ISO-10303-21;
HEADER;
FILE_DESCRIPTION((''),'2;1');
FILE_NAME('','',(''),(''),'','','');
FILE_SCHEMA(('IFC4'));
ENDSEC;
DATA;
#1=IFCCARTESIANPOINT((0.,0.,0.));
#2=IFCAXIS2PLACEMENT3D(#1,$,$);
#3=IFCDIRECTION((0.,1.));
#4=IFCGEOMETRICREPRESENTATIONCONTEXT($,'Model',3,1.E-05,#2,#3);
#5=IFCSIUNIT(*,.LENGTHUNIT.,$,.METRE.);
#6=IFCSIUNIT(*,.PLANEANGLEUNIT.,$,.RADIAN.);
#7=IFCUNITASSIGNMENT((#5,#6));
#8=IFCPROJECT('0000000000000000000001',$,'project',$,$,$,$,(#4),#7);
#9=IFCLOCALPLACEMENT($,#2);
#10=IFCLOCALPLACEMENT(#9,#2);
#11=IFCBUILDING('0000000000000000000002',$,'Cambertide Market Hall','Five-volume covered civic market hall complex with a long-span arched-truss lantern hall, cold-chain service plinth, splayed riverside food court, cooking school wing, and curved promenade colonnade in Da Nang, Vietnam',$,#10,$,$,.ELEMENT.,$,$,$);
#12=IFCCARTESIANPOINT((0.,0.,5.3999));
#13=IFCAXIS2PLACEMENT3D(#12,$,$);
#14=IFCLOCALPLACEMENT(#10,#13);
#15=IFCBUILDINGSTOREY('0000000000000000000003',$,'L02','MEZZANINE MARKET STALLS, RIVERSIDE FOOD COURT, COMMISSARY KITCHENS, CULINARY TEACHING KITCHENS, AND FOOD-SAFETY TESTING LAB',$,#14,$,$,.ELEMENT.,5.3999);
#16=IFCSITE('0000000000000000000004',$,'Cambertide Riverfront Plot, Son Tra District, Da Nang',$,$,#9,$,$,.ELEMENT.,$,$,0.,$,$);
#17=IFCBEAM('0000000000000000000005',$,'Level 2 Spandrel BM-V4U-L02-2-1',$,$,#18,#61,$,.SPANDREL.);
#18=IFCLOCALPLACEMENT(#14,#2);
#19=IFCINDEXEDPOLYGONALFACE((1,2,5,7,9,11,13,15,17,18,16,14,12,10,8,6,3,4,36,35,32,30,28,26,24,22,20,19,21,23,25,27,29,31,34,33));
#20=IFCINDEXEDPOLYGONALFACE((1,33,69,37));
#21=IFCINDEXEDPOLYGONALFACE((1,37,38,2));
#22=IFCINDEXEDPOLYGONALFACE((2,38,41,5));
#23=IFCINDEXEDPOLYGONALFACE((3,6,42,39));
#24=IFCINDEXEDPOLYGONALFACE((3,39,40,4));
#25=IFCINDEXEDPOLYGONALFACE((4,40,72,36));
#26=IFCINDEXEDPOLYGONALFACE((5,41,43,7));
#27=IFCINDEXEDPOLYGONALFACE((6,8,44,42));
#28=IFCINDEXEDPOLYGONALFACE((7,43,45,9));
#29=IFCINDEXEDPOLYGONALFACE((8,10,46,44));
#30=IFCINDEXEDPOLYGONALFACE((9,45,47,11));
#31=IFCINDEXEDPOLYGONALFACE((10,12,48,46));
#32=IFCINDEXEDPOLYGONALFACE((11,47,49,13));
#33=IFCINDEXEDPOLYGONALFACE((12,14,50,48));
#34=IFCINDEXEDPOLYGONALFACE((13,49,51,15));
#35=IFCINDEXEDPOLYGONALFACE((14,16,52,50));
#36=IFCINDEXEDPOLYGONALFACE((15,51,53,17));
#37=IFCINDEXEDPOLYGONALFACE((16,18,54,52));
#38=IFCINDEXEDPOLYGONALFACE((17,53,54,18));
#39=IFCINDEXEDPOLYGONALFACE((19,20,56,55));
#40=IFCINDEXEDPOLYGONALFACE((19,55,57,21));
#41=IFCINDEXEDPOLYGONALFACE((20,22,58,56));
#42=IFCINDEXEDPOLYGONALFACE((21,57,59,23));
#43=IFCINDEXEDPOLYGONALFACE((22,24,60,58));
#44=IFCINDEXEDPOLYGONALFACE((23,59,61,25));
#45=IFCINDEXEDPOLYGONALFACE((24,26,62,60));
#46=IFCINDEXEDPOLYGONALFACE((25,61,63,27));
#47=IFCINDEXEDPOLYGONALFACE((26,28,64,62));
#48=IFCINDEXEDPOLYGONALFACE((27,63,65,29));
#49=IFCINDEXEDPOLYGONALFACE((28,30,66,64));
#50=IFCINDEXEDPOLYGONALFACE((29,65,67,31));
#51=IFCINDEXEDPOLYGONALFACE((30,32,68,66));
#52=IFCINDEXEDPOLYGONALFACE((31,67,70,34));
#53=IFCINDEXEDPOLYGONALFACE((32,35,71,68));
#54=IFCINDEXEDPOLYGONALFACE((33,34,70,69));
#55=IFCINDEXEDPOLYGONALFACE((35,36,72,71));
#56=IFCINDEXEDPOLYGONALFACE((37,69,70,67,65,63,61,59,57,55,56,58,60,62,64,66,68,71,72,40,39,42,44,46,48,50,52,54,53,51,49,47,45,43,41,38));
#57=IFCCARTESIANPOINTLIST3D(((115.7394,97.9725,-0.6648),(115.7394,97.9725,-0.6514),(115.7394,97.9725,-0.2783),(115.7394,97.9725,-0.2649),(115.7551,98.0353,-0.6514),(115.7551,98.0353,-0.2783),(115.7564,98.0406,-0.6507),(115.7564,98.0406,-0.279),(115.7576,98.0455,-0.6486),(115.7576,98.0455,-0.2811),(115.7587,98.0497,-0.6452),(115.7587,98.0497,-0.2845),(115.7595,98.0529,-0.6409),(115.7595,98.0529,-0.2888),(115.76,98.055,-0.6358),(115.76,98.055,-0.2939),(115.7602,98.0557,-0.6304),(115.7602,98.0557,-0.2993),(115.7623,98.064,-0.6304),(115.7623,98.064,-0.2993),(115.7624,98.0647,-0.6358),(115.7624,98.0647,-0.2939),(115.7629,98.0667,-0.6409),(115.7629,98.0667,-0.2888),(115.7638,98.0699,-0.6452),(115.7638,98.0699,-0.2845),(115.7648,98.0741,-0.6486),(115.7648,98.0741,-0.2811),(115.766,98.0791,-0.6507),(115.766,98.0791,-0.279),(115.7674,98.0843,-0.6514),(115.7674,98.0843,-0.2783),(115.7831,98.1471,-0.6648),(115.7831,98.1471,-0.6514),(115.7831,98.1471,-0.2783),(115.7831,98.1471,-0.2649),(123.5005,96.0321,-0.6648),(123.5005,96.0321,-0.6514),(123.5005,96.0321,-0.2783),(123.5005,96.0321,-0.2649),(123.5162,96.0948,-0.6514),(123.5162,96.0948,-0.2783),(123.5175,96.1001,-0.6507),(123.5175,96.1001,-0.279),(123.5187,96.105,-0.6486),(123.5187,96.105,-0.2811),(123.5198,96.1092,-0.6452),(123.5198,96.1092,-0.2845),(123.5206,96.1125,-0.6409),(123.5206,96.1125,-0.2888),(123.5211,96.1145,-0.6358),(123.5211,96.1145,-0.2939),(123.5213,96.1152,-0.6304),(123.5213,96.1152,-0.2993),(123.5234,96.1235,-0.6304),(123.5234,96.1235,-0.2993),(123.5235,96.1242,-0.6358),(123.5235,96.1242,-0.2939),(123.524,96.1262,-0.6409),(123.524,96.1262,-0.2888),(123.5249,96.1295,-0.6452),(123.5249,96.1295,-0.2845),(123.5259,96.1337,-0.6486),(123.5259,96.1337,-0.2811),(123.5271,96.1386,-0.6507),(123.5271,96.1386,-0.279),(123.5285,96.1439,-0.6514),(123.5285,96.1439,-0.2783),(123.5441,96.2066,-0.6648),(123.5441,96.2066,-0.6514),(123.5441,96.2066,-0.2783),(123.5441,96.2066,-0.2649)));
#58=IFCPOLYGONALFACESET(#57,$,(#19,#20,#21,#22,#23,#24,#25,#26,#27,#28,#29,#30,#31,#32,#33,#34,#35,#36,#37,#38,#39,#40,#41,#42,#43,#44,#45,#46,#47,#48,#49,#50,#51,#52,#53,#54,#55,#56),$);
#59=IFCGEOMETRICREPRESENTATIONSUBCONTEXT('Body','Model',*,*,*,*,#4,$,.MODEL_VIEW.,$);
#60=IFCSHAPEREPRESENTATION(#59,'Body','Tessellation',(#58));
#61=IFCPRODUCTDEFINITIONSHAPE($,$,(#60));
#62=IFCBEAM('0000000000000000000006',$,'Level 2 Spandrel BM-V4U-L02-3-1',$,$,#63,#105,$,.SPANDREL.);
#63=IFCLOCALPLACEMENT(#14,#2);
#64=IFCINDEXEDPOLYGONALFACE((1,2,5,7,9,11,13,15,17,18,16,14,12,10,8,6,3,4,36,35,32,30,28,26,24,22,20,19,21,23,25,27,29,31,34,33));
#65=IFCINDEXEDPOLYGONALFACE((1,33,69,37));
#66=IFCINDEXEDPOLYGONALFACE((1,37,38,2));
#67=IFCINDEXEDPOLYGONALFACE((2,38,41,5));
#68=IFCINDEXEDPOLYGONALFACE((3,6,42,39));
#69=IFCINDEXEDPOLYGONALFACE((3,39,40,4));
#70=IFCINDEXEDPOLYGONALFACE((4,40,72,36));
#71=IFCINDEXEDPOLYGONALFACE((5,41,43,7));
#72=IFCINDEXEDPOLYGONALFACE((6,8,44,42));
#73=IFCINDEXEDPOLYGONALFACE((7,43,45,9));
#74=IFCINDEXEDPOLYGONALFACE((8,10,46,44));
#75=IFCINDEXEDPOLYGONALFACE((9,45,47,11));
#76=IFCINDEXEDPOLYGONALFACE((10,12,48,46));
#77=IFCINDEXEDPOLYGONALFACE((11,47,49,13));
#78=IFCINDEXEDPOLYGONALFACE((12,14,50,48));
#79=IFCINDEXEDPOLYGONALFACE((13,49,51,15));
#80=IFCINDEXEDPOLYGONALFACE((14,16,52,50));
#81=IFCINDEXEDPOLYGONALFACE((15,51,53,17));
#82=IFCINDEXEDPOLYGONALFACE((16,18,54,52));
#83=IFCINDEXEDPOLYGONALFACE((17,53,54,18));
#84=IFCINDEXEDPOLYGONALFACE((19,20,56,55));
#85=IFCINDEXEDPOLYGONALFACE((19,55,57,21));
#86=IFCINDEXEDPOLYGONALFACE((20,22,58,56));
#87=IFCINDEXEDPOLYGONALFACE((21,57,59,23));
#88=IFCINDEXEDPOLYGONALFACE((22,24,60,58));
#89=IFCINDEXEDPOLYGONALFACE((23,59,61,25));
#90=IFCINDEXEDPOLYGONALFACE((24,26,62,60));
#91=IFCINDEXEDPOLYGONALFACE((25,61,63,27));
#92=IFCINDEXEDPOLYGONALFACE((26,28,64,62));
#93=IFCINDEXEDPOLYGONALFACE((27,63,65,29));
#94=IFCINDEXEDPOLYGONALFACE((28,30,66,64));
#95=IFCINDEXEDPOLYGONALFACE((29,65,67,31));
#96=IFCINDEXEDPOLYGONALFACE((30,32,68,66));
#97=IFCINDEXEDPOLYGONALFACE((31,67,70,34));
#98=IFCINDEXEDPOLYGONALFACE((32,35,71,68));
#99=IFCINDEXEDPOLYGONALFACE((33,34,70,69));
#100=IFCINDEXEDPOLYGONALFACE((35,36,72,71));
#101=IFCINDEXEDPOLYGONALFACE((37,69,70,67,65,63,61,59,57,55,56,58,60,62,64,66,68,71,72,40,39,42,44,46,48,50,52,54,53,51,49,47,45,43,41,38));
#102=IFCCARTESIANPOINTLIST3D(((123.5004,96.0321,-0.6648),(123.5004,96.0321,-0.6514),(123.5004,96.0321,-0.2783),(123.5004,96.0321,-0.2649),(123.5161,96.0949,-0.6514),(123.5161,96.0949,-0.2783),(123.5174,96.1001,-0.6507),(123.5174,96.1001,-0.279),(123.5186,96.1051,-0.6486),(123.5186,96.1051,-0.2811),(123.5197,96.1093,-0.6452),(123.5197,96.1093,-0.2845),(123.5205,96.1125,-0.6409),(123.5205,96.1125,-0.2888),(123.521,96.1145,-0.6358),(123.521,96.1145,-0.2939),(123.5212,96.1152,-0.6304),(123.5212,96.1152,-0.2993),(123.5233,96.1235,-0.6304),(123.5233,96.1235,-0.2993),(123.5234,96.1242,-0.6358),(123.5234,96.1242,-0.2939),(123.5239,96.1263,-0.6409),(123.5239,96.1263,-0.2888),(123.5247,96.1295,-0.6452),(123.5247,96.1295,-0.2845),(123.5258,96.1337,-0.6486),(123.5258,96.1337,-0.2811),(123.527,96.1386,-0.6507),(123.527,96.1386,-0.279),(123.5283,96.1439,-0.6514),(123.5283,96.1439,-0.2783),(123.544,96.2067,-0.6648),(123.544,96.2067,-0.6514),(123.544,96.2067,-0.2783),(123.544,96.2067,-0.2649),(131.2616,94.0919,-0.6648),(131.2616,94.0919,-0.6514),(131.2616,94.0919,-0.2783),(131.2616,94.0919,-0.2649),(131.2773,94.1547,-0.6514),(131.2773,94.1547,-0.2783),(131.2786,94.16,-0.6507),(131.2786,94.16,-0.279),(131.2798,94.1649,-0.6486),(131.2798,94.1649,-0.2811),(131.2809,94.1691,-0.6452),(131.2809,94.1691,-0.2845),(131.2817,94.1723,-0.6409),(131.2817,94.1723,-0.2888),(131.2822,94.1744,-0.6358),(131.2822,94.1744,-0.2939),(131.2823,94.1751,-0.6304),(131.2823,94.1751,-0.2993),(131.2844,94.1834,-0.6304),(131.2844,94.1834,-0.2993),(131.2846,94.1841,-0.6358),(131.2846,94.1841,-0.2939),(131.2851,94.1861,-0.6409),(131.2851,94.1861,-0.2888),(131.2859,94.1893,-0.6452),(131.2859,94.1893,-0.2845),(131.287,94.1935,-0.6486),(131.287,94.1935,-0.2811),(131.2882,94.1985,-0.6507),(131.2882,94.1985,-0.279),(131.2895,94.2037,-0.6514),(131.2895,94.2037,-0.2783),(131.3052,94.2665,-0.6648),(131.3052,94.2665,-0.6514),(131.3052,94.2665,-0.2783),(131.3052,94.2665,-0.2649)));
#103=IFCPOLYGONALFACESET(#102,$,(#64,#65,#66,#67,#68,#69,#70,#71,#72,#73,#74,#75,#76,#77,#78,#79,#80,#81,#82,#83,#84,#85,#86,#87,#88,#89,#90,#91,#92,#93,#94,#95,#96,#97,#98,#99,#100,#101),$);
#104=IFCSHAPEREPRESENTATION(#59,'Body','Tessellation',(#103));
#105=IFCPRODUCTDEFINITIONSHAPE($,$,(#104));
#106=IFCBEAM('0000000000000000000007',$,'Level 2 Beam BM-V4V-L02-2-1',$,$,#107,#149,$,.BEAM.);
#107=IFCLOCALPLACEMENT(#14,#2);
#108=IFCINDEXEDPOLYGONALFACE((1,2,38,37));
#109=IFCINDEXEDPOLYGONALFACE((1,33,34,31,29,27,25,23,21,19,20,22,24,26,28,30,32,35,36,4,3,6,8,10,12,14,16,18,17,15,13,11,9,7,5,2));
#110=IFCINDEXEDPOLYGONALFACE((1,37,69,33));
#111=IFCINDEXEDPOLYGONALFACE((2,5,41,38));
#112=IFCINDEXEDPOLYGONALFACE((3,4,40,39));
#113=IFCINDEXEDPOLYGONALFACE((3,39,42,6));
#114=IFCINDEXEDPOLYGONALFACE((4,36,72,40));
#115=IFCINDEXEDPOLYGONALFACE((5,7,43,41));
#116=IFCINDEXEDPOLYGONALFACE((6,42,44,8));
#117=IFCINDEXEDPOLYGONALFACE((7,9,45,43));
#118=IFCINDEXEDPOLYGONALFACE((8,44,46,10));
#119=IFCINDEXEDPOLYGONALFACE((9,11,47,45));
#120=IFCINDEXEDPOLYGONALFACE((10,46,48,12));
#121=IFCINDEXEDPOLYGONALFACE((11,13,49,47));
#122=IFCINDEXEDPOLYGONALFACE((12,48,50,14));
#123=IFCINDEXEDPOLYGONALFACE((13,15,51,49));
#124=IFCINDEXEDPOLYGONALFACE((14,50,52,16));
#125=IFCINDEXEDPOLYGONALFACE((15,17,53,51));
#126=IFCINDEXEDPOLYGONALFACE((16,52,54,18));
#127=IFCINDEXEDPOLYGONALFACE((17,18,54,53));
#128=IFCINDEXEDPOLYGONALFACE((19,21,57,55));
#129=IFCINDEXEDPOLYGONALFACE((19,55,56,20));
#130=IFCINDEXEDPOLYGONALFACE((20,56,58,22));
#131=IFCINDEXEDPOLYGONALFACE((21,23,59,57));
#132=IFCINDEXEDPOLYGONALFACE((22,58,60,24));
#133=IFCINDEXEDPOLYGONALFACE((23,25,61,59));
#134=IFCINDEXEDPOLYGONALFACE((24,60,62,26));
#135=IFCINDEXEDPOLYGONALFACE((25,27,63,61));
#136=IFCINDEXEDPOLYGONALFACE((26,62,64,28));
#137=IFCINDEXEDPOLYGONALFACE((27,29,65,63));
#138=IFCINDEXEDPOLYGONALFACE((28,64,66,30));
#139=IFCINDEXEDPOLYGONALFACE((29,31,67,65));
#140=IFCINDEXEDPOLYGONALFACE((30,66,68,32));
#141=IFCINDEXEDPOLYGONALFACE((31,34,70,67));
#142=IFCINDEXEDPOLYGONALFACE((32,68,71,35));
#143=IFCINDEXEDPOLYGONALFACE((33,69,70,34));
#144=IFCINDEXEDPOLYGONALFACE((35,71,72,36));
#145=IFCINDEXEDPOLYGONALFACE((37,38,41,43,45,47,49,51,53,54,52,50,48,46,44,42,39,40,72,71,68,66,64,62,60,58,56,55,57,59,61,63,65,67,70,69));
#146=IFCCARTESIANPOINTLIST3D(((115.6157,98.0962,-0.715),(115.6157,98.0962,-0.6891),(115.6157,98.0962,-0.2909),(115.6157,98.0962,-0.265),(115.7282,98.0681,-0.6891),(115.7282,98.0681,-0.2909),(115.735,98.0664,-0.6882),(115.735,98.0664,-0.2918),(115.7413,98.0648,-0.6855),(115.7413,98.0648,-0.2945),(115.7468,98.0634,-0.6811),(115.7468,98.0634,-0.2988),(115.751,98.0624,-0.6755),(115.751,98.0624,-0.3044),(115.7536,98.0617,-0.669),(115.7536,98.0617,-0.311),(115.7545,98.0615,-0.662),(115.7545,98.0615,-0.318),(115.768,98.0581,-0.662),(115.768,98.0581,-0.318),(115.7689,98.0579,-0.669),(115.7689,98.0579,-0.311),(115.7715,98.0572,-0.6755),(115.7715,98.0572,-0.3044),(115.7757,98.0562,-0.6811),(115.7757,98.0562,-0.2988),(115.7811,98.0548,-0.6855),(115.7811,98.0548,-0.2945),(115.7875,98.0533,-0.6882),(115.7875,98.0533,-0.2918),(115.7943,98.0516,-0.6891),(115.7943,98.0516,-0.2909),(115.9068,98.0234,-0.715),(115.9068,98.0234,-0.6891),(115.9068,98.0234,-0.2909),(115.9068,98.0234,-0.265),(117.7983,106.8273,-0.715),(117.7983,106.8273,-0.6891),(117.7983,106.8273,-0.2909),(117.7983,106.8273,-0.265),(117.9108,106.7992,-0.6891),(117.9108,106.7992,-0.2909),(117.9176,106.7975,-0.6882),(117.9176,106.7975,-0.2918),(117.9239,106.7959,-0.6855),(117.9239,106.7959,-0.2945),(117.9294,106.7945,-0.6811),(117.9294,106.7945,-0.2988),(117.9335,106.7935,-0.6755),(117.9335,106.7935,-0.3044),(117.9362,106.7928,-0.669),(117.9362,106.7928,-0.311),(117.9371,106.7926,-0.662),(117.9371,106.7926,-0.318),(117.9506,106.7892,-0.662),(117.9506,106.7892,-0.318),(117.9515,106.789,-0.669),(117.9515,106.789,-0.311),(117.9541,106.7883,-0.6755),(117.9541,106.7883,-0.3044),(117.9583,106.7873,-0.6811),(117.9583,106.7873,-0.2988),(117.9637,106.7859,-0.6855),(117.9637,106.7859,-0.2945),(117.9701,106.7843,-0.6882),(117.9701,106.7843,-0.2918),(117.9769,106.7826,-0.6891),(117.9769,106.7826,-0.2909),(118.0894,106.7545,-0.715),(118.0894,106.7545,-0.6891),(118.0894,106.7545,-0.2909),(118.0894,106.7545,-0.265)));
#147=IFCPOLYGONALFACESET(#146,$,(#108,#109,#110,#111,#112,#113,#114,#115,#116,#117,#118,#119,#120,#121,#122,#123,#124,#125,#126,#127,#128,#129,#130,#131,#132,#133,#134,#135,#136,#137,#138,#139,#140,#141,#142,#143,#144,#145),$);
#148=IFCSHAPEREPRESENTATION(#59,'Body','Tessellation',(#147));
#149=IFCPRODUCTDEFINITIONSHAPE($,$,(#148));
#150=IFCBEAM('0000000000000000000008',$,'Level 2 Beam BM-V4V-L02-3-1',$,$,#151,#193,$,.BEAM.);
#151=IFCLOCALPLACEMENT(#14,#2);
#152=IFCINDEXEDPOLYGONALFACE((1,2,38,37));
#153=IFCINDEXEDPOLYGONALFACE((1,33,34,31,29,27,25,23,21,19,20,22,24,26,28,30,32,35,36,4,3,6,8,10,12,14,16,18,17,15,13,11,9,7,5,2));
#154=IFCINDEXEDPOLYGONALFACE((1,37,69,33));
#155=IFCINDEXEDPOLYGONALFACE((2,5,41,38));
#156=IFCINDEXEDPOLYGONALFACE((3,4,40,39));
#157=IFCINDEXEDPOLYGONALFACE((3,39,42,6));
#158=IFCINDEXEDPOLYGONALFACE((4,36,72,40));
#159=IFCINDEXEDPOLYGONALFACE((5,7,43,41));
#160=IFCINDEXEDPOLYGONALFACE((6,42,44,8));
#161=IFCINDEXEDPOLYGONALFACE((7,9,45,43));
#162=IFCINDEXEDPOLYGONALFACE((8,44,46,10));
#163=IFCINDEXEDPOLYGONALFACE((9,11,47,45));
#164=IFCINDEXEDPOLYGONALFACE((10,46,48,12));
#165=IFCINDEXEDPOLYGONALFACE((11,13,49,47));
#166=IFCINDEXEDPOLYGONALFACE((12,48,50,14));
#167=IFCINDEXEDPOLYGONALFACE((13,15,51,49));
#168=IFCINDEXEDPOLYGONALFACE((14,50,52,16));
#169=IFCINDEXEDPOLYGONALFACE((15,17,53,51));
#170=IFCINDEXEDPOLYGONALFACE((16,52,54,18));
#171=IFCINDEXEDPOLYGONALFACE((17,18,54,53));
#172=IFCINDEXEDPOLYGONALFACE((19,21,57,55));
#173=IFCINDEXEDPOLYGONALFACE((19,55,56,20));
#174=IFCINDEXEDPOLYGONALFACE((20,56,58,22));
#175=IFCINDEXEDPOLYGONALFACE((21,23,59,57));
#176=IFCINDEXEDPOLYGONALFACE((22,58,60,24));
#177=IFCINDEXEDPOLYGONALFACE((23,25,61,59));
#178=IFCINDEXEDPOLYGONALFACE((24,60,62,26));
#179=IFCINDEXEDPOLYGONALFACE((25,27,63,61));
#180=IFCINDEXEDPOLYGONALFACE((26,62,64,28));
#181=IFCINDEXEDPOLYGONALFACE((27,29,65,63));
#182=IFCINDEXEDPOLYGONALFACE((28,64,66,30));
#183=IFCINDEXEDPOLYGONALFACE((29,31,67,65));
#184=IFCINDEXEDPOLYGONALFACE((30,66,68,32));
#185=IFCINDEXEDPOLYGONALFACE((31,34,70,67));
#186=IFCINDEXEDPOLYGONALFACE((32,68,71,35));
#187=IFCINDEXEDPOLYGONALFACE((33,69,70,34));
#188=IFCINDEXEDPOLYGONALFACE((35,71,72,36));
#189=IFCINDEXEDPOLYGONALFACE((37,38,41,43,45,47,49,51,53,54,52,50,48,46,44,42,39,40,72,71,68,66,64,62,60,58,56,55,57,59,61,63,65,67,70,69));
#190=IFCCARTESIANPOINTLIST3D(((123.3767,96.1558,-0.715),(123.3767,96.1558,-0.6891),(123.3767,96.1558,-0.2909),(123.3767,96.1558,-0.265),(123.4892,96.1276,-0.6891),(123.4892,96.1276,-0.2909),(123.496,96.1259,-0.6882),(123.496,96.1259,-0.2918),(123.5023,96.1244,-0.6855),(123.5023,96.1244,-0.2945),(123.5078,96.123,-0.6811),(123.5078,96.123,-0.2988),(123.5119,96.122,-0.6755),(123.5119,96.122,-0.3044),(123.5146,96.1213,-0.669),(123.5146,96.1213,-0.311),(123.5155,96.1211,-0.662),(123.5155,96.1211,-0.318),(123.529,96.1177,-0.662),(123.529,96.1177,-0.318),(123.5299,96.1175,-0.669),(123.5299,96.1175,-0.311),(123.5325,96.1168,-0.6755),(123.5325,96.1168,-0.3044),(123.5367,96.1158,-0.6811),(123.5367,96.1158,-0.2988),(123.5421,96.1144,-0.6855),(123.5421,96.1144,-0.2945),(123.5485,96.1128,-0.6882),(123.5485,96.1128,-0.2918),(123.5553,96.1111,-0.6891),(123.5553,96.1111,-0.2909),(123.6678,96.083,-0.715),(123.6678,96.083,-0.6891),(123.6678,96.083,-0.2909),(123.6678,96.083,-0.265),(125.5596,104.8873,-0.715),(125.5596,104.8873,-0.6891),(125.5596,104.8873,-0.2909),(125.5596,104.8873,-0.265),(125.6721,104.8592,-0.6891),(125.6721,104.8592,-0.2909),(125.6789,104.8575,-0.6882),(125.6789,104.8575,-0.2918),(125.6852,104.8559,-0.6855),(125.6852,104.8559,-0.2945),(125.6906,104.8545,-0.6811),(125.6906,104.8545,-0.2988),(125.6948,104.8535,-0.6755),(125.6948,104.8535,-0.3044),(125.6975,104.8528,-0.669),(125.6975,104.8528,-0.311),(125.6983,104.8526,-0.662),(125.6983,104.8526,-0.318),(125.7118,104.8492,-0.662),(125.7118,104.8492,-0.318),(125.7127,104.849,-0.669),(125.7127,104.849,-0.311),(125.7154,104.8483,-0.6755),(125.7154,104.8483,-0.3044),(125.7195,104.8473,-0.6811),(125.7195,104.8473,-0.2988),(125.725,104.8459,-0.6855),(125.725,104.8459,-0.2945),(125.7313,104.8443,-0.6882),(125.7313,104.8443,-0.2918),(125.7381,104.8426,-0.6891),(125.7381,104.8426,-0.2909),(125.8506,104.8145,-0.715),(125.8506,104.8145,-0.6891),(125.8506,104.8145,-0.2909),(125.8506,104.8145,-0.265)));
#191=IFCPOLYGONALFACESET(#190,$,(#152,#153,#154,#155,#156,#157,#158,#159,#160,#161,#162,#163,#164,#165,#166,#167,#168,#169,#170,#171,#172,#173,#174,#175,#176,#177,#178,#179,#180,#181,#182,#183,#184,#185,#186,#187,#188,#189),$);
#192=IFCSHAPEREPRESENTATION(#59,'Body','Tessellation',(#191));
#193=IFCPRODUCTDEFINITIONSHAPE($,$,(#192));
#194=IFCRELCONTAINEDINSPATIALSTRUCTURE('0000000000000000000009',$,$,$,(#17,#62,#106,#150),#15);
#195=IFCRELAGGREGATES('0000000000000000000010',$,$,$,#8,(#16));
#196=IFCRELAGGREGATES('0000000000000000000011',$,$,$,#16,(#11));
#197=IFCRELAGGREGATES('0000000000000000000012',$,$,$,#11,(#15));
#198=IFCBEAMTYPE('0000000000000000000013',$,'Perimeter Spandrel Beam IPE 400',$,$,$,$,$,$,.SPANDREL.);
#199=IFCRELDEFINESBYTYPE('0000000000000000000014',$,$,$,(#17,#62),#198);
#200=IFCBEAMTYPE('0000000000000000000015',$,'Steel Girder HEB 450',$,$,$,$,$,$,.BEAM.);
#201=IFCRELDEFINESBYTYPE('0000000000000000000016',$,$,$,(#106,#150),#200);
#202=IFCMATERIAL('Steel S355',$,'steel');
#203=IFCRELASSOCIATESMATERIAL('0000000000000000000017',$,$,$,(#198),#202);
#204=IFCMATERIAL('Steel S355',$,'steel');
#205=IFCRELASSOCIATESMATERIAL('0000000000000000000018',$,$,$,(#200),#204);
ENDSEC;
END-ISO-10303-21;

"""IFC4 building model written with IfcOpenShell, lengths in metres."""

from ifc_helpers import new_model, si_unit, direction, frame, origin, origin_2d, place, context, subcontext, project, spatial, i_section, extrude, material, material_profile, profile_set, type_object, element, save


model = new_model("IFC4")

# Units and contexts
model_context = context("Model", 3, precision=1e-05, world=origin(), true_north=direction((0.0, 1.0)))
body_context = subcontext(model_context, "Body", "Model", "MODEL_VIEW")
ifc_project = project(units=[si_unit("LENGTHUNIT", "METRE"), si_unit("PLANEANGLEUNIT", "RADIAN")], contexts=[model_context])

# Site, building, storey
site_placement = place(None, origin())
site = spatial("IfcSite", under=ifc_project, at=site_placement, Name="Cambertide Riverfront Plot, Son Tra District, Da Nang", CompositionType="ELEMENT", RefElevation=0.0)
building_placement = place(site_placement, origin())
building = spatial("IfcBuilding", under=site, at=building_placement, Name="Cambertide Market Hall", Description="Five-volume covered civic market hall complex with a long-span arched-truss lantern hall, cold-chain service plinth, splayed riverside food court, cooking school wing, and curved promenade colonnade in Da Nang, Vietnam", CompositionType="ELEMENT")
storey_placement = place(building_placement, frame((0.0, 0.0, 5.3999)))
storey = spatial("IfcBuildingStorey", under=building, at=storey_placement, Name="L02", Description="MEZZANINE MARKET STALLS, RIVERSIDE FOOD COURT, COMMISSARY KITCHENS, CULINARY TEACHING KITCHENS, AND FOOD-SAFETY TESTING LAB", CompositionType="ELEMENT", Elevation=5.3999)

# Beams
ifc_material_1 = material(Name="Steel S355", Category="steel")
ifc_material_profile_1 = material_profile(ifc_material_1, i_section(OverallWidth=0.1799, OverallDepth=0.3999, WebThickness=0.0085, FlangeThickness=0.0134, FilletRadius=0.021, at=origin_2d()), Name="IPE 400")
ifc_profile_set_1 = profile_set([ifc_material_profile_1], Name="Steel S355")
beam_type_1 = type_object("IfcBeamType", Name="Perimeter Spandrel Beam IPE 400", PredefinedType="SPANDREL", material=ifc_profile_set_1)
for number, where, z_axis, x_axis, name in (
    (1, (115.7612, 98.0598, -0.4648), (0.970137, -0.242557, 0.0), (0.242557, 0.970137, 0.0), "Level 2 Spandrel BM-V4U-L02-2-1"),
    (2, (123.5222, 96.1194, -0.4648), (0.970146, -0.242521, 0.0), (0.242521, 0.970146, 0.0), "Level 2 Spandrel BM-V4U-L02-3-1"),
):
    element("IfcBeam", number, at=place(storey_placement, frame(where, z_axis=z_axis, x_axis=x_axis)), inside=storey, type_object=beam_type_1, Name=name, PredefinedType="SPANDREL", context=body_context, shape_type="SweptSolid", body=[
        extrude(i_section(OverallWidth=0.1799, OverallDepth=0.3999, WebThickness=0.0085, FlangeThickness=0.0134, FilletRadius=0.021, at=origin_2d()), origin(), (0.0, 0.0, 1.0), 8.0),
    ])
ifc_material_2 = material(Name="Steel S355", Category="steel")
ifc_material_profile_2 = material_profile(ifc_material_2, i_section(OverallWidth=0.3, OverallDepth=0.45, WebThickness=0.0139, FlangeThickness=0.0259, FilletRadius=0.0271, at=origin_2d()), Name="HEB 450")
ifc_profile_set_2 = profile_set([ifc_material_profile_2], Name="Steel S355")
beam_type_2 = type_object("IfcBeamType", Name="Steel Girder HEB 450", PredefinedType="BEAM", material=ifc_profile_set_2)
beam_1_placement = place(storey_placement, frame((115.7612, 98.0598, -0.49), z_axis=(0.242516, 0.970147, 0.0), x_axis=(-0.970147, 0.242516, 0.0)))
element("IfcBeam", 3, at=beam_1_placement, inside=storey, type_object=beam_type_2, Name="Level 2 Beam BM-V4V-L02-2-1", PredefinedType="BEAM", context=body_context, shape_type="SweptSolid", body=[
    extrude(i_section(OverallWidth=0.3, OverallDepth=0.45, WebThickness=0.0139, FlangeThickness=0.0259, FilletRadius=0.0271, at=origin_2d()), origin(), (0.0, 0.0, 1.0), 8.9998),
])
beam_2_placement = place(storey_placement, frame((123.5222, 96.1194, -0.49), z_axis=(0.242536, 0.970143, 0.0), x_axis=(-0.970143, 0.242536, 0.0)))
element("IfcBeam", 4, at=beam_2_placement, inside=storey, type_object=beam_type_2, Name="Level 2 Beam BM-V4V-L02-3-1", PredefinedType="BEAM", context=body_context, shape_type="SweptSolid", body=[
    extrude(i_section(OverallWidth=0.3, OverallDepth=0.45, WebThickness=0.0139, FlangeThickness=0.0259, FilletRadius=0.0271, at=origin_2d()), origin(), (0.0, 0.0, 1.0), 9.0002),
])

save(model, "model.ifc")
